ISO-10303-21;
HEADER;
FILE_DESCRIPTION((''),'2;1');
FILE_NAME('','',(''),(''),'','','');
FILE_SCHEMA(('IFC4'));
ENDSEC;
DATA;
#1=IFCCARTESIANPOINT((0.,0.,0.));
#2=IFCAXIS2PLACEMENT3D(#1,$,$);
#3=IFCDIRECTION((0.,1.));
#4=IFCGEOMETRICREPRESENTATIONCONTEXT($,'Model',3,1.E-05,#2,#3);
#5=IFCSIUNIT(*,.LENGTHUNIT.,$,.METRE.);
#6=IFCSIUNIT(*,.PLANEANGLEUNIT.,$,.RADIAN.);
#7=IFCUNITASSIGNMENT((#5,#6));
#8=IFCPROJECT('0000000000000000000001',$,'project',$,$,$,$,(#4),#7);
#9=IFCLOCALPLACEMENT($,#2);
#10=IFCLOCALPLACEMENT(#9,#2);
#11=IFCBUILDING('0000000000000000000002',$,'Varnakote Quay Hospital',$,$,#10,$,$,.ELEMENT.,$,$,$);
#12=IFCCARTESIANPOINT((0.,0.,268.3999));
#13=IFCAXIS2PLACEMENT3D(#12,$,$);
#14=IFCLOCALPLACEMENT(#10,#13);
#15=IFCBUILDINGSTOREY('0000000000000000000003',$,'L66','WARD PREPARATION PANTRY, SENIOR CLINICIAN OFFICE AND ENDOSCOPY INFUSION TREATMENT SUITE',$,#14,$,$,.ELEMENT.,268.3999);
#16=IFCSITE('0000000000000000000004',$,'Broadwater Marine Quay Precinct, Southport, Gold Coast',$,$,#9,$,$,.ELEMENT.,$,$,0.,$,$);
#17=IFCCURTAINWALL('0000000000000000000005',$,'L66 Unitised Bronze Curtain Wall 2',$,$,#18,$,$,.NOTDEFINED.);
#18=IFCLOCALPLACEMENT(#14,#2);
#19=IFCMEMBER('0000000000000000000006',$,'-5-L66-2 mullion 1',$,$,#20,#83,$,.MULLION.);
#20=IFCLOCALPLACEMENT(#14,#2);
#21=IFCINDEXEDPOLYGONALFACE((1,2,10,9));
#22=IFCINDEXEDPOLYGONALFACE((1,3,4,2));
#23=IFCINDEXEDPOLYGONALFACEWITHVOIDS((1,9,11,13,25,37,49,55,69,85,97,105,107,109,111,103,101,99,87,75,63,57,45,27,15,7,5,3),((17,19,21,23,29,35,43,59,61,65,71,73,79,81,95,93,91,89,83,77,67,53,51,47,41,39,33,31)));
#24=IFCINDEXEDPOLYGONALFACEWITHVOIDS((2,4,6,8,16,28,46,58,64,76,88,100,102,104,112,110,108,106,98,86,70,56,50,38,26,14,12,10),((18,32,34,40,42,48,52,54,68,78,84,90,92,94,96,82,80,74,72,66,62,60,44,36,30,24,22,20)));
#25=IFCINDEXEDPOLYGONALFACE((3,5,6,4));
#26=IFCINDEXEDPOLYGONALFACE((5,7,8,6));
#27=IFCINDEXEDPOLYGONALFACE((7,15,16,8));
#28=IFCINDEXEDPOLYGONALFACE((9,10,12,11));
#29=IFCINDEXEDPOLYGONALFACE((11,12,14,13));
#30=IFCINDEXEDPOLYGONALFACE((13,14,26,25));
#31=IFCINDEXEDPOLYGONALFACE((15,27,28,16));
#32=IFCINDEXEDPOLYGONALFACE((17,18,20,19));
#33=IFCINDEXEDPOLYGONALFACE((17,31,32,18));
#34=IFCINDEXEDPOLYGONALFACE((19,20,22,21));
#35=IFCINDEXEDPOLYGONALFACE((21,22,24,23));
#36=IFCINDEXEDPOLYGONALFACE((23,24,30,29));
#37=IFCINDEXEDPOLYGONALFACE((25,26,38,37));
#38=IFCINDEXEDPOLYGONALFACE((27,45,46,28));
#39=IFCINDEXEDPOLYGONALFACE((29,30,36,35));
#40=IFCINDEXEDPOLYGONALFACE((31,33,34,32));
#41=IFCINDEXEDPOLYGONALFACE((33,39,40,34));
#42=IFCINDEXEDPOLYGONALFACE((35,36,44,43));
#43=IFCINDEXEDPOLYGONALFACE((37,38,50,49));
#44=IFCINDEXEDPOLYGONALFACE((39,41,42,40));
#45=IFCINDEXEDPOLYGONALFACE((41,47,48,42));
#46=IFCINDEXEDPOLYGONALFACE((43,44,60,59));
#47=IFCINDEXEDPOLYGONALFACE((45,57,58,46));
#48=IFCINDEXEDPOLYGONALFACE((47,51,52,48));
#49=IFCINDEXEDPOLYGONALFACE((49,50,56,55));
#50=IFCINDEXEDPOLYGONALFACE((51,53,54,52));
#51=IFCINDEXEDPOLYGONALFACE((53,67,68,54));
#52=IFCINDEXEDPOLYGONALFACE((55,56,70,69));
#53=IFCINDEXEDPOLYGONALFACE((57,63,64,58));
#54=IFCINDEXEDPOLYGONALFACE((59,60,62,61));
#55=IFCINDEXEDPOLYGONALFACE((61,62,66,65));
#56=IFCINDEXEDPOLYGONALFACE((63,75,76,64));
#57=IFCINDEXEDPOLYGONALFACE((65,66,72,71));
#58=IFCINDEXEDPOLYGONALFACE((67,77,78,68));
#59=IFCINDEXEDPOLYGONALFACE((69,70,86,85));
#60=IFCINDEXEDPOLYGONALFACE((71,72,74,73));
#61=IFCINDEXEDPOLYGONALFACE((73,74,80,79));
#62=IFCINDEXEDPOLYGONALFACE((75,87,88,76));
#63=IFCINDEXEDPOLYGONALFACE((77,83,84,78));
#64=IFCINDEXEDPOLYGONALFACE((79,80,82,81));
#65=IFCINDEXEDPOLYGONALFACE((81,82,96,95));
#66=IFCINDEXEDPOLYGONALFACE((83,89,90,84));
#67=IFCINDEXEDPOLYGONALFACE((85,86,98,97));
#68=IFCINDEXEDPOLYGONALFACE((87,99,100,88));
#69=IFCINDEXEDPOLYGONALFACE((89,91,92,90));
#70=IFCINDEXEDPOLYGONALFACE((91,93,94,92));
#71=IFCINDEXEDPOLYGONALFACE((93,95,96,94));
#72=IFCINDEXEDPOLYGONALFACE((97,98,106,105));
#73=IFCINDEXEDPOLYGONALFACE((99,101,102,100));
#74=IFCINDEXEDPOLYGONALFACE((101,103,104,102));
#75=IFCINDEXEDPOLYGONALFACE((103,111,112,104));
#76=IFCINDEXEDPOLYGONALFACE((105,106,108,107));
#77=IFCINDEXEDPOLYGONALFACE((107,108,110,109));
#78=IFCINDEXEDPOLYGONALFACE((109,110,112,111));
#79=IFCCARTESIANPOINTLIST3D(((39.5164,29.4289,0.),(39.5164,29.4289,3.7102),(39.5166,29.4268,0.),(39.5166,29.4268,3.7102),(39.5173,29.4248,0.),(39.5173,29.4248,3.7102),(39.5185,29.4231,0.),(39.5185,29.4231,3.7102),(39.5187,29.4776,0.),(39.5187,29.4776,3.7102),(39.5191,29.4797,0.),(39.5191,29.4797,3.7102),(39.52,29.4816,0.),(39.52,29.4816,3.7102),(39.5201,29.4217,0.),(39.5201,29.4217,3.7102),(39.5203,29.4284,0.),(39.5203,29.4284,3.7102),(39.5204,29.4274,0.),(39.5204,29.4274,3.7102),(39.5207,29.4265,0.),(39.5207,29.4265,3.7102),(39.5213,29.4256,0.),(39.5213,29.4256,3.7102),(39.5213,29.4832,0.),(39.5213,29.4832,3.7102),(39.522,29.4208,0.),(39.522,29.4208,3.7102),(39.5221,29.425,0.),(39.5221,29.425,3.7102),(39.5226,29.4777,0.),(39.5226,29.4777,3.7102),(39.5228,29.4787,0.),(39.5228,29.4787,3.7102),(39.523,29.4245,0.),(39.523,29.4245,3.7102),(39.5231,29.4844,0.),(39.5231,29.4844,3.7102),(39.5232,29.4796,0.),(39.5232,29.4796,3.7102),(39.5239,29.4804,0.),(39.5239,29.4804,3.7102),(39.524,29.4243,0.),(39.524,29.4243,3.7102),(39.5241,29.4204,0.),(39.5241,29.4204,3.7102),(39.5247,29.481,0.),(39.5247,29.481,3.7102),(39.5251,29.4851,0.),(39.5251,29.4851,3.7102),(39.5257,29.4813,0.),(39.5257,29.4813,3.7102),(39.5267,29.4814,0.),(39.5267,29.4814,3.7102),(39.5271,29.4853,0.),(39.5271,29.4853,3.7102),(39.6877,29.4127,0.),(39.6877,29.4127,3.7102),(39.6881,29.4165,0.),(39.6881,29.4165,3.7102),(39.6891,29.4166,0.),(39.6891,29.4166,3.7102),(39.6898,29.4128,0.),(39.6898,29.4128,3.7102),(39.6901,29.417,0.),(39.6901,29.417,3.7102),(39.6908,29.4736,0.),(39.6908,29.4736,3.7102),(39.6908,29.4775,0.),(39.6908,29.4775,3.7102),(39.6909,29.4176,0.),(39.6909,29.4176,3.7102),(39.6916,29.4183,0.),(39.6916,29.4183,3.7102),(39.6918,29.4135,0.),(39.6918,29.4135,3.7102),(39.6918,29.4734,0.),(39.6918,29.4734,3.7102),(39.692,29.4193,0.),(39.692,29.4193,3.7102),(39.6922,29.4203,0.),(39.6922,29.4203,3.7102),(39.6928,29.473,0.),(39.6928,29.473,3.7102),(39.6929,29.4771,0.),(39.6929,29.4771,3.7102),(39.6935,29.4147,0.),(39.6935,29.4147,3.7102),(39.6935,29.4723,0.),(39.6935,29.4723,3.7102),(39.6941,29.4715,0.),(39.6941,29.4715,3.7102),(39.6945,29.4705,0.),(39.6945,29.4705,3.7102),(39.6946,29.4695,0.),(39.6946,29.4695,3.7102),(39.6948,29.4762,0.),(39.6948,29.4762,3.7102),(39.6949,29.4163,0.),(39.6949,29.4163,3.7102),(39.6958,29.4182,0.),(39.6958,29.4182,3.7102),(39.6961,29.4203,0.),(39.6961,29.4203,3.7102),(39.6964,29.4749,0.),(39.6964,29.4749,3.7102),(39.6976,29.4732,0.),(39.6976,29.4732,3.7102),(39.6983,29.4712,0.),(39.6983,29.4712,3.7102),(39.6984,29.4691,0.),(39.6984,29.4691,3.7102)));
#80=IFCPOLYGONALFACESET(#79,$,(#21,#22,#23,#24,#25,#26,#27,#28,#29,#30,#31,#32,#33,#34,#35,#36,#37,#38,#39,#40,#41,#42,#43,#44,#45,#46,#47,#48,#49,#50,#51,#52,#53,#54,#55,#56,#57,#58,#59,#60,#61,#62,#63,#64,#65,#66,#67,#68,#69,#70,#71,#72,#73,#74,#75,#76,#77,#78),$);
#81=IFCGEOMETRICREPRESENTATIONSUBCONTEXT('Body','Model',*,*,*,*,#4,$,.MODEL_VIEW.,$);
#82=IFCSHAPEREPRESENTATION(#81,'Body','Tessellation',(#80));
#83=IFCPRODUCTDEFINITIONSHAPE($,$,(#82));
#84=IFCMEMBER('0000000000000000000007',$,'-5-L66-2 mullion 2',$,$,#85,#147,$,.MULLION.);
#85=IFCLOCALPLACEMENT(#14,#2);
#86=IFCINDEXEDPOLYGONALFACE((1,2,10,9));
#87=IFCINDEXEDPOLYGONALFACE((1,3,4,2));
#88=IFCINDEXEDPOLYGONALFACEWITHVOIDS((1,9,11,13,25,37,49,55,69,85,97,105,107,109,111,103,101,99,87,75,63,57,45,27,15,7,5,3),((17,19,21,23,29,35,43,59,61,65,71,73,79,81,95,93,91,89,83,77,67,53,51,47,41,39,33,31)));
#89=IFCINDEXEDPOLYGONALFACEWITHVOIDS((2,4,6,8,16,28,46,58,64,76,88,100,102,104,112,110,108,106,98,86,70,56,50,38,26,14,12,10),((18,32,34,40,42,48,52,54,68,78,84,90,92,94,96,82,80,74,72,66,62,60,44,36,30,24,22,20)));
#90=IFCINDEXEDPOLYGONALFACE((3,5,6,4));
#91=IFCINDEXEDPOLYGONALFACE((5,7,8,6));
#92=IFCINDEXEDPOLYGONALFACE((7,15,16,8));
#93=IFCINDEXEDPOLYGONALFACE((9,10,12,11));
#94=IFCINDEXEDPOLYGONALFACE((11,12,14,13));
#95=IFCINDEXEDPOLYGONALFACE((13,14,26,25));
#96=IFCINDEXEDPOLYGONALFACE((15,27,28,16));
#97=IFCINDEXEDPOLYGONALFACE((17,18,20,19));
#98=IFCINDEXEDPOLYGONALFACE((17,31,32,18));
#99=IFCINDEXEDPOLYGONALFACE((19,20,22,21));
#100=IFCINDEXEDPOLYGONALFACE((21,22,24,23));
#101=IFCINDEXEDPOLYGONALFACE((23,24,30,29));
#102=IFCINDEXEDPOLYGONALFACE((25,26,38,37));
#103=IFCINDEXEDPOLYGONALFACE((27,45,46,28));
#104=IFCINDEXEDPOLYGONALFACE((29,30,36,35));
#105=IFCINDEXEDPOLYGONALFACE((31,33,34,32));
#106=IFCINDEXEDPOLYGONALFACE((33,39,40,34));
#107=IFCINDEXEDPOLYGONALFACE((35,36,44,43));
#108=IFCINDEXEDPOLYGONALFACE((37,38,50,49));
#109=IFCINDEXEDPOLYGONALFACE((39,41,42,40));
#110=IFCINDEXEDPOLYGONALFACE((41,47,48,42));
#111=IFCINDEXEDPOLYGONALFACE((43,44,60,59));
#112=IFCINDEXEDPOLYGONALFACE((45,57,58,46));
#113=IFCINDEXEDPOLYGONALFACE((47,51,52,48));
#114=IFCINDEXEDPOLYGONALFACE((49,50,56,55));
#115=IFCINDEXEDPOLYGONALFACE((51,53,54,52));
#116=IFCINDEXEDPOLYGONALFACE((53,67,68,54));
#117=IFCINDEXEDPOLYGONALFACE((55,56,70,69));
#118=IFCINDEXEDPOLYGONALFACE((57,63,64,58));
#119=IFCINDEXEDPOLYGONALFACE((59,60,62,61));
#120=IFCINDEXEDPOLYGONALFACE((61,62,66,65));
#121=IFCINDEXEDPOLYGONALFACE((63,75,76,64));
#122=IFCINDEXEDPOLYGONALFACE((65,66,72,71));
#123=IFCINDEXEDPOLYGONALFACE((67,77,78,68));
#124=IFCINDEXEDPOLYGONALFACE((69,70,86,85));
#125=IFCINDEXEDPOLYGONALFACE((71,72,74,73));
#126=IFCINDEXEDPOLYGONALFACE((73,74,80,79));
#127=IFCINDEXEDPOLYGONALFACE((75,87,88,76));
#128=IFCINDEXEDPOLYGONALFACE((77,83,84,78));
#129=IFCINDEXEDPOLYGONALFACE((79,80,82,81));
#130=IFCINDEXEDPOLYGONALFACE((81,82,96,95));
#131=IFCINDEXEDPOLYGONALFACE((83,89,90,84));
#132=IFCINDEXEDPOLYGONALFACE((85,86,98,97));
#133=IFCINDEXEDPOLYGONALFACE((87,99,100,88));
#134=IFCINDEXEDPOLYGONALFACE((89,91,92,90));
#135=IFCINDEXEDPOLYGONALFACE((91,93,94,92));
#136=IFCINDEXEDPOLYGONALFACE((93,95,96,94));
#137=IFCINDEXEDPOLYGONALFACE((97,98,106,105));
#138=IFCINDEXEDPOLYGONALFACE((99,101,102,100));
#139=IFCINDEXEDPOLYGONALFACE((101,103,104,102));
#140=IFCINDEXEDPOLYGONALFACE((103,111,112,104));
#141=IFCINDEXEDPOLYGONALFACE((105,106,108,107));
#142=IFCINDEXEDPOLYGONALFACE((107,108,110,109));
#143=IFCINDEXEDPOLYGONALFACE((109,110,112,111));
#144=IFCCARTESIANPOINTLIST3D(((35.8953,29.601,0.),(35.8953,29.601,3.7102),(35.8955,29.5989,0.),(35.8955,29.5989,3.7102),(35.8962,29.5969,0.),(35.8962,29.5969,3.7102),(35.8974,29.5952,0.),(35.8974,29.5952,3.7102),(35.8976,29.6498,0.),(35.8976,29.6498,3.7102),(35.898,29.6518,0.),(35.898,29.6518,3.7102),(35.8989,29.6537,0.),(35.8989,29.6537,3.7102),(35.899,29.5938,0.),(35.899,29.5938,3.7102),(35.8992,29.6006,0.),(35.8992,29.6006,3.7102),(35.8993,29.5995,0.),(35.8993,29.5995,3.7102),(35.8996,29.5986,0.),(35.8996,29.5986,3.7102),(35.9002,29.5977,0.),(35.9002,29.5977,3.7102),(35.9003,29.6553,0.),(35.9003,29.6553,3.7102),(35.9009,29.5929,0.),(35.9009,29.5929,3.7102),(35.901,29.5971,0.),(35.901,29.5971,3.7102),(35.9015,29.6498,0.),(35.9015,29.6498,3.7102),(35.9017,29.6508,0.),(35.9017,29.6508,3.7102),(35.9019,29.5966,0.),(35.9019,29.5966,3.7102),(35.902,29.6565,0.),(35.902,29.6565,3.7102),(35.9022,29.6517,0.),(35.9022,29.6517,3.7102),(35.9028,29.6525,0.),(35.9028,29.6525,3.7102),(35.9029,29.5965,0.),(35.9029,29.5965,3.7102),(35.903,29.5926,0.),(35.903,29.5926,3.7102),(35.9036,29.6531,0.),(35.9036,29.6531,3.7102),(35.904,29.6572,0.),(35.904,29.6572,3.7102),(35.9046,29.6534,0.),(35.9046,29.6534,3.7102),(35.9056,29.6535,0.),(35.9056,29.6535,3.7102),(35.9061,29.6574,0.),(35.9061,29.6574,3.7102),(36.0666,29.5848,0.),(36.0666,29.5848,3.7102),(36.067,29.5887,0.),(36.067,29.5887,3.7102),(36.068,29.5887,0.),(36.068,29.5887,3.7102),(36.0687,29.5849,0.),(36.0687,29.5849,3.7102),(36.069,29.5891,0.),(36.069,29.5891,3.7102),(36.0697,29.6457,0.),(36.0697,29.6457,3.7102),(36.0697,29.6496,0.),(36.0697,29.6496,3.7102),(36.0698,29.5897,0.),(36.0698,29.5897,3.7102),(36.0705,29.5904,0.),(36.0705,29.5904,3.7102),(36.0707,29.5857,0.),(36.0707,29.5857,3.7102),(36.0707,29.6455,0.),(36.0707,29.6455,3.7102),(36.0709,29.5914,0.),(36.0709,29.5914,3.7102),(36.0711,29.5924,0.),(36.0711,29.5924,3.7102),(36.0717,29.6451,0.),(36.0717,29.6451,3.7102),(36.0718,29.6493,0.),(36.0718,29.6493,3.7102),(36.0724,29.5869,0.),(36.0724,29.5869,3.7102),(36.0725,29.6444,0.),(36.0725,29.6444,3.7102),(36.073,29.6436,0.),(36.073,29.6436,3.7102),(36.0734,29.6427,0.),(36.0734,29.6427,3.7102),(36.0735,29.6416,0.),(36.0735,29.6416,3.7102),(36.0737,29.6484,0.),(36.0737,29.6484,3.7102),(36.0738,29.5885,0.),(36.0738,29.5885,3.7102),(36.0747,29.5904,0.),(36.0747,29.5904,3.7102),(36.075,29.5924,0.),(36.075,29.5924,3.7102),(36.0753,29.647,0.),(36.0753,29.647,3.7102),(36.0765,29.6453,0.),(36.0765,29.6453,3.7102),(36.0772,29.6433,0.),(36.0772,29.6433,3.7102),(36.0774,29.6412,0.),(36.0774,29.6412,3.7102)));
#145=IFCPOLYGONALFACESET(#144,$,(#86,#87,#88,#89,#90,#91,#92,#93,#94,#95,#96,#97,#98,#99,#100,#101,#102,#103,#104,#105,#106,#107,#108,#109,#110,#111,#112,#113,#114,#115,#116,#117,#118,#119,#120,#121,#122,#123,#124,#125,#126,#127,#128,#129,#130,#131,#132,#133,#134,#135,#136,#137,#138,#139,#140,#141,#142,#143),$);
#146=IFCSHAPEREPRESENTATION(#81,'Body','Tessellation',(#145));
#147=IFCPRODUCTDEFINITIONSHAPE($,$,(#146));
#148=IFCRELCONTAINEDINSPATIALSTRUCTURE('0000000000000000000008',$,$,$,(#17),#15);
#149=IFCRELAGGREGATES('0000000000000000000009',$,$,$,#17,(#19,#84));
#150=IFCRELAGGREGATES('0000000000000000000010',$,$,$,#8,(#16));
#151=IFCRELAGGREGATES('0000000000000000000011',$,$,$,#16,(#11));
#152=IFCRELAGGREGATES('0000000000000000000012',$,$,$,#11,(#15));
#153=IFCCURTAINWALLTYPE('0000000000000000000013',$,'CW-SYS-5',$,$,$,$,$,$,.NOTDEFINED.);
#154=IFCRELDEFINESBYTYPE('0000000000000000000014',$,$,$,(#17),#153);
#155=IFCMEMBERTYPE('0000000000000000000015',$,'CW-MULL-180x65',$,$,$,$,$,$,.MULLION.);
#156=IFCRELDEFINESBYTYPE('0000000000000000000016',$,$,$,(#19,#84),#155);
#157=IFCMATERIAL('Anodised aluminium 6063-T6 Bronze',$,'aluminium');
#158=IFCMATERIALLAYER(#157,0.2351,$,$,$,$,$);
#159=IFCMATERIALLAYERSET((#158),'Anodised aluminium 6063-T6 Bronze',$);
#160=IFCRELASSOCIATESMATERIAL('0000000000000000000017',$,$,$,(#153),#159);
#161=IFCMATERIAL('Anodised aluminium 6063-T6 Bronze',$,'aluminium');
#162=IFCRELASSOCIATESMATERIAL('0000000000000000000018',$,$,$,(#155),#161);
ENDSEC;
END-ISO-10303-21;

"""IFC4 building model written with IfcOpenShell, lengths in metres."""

from ifc_helpers import new_model, si_unit, direction, frame, origin, origin_2d, place, context, subcontext, project, spatial, hollow_rectangle, extrude, material, layer, layer_set, material_profile, profile_set, type_object, element, aggregate, save


model = new_model("IFC4")

# Units and contexts
model_context = context("Model", 3, precision=1e-05, world=origin(), true_north=direction((0.0, 1.0)))
body_context = subcontext(model_context, "Body", "Model", "MODEL_VIEW")
ifc_project = project(units=[si_unit("LENGTHUNIT", "METRE"), si_unit("PLANEANGLEUNIT", "RADIAN")], contexts=[model_context])

# Site, building, storey
site_placement = place(None, origin())
site = spatial("IfcSite", under=ifc_project, at=site_placement, Name="Broadwater Marine Quay Precinct, Southport, Gold Coast", CompositionType="ELEMENT", RefElevation=0.0)
building_placement = place(site_placement, origin())
building = spatial("IfcBuilding", under=site, at=building_placement, Name="Varnakote Quay Hospital", CompositionType="ELEMENT")
storey_placement = place(building_placement, frame((0.0, 0.0, 268.3999)))
storey = spatial("IfcBuildingStorey", under=building, at=storey_placement, Name="L66", Description="WARD PREPARATION PANTRY, SENIOR CLINICIAN OFFICE AND ENDOSCOPY INFUSION TREATMENT SUITE", CompositionType="ELEMENT", Elevation=268.3999)

# Curtain wall, members
ifc_material_1 = material(Name="Anodised aluminium 6063-T6 Bronze", Category="aluminium")
ifc_layer_1 = layer(ifc_material_1, 0.2351)
ifc_layer_set_1 = layer_set([ifc_layer_1], Name="Anodised aluminium 6063-T6 Bronze")
curtain_wall_type = type_object("IfcCurtainWallType", Name="CW-SYS-5", PredefinedType="NOTDEFINED", material=ifc_layer_set_1)
ifc_material_2 = material(Name="Anodised aluminium 6063-T6 Bronze", Category="aluminium")
ifc_material_profile_1 = material_profile(ifc_material_2, hollow_rectangle(XDim=0.0649, YDim=0.1799, WallThickness=0.0039, InnerFilletRadius=0.0039, OuterFilletRadius=0.0081, at=origin_2d()), Name="CW-MULL-180x65")
ifc_profile_set_1 = profile_set([ifc_material_profile_1], Name="Anodised aluminium 6063-T6 Bronze")
member_type_1 = type_object("IfcMemberType", Name="CW-MULL-180x65", PredefinedType="MULLION", material=ifc_profile_set_1)
curtain_wall_1_placement = place(storey_placement, origin())
curtain_wall_1 = element("IfcCurtainWall", 1, at=curtain_wall_1_placement, inside=storey, type_object=curtain_wall_type, Name="L66 Unitised Bronze Curtain Wall 2", PredefinedType="NOTDEFINED")
member_1_placement = place(storey_placement, frame((39.6074, 29.449, 0.0), z_axis=(0.0, 0.0, 1.0), x_axis=(-0.047497, -0.998871, 0.0)))
member_1 = element("IfcMember", 2, at=member_1_placement, type_object=member_type_1, Name="-5-L66-2 mullion 1", PredefinedType="MULLION", context=body_context, shape_type="SweptSolid", body=[
    extrude(hollow_rectangle(XDim=0.0649, YDim=0.1799, WallThickness=0.0039, InnerFilletRadius=0.0039, OuterFilletRadius=0.0081, at=origin_2d()), origin(), (0.0, 0.0, 1.0), 3.7102),
])
member_2_placement = place(storey_placement, frame((35.9863, 29.6211, 0.0), z_axis=(0.0, 0.0, 1.0), x_axis=(-0.047497, -0.998871, 0.0)))
member_2 = element("IfcMember", 3, at=member_2_placement, type_object=member_type_1, Name="-5-L66-2 mullion 2", PredefinedType="MULLION", context=body_context, shape_type="SweptSolid", body=[
    extrude(hollow_rectangle(XDim=0.0649, YDim=0.1799, WallThickness=0.0039, InnerFilletRadius=0.0039, OuterFilletRadius=0.0081, at=origin_2d()), origin(), (0.0, 0.0, 1.0), 3.7102),
])

aggregate(curtain_wall_1, [member_1, member_2])

save(model, "model.ifc")
